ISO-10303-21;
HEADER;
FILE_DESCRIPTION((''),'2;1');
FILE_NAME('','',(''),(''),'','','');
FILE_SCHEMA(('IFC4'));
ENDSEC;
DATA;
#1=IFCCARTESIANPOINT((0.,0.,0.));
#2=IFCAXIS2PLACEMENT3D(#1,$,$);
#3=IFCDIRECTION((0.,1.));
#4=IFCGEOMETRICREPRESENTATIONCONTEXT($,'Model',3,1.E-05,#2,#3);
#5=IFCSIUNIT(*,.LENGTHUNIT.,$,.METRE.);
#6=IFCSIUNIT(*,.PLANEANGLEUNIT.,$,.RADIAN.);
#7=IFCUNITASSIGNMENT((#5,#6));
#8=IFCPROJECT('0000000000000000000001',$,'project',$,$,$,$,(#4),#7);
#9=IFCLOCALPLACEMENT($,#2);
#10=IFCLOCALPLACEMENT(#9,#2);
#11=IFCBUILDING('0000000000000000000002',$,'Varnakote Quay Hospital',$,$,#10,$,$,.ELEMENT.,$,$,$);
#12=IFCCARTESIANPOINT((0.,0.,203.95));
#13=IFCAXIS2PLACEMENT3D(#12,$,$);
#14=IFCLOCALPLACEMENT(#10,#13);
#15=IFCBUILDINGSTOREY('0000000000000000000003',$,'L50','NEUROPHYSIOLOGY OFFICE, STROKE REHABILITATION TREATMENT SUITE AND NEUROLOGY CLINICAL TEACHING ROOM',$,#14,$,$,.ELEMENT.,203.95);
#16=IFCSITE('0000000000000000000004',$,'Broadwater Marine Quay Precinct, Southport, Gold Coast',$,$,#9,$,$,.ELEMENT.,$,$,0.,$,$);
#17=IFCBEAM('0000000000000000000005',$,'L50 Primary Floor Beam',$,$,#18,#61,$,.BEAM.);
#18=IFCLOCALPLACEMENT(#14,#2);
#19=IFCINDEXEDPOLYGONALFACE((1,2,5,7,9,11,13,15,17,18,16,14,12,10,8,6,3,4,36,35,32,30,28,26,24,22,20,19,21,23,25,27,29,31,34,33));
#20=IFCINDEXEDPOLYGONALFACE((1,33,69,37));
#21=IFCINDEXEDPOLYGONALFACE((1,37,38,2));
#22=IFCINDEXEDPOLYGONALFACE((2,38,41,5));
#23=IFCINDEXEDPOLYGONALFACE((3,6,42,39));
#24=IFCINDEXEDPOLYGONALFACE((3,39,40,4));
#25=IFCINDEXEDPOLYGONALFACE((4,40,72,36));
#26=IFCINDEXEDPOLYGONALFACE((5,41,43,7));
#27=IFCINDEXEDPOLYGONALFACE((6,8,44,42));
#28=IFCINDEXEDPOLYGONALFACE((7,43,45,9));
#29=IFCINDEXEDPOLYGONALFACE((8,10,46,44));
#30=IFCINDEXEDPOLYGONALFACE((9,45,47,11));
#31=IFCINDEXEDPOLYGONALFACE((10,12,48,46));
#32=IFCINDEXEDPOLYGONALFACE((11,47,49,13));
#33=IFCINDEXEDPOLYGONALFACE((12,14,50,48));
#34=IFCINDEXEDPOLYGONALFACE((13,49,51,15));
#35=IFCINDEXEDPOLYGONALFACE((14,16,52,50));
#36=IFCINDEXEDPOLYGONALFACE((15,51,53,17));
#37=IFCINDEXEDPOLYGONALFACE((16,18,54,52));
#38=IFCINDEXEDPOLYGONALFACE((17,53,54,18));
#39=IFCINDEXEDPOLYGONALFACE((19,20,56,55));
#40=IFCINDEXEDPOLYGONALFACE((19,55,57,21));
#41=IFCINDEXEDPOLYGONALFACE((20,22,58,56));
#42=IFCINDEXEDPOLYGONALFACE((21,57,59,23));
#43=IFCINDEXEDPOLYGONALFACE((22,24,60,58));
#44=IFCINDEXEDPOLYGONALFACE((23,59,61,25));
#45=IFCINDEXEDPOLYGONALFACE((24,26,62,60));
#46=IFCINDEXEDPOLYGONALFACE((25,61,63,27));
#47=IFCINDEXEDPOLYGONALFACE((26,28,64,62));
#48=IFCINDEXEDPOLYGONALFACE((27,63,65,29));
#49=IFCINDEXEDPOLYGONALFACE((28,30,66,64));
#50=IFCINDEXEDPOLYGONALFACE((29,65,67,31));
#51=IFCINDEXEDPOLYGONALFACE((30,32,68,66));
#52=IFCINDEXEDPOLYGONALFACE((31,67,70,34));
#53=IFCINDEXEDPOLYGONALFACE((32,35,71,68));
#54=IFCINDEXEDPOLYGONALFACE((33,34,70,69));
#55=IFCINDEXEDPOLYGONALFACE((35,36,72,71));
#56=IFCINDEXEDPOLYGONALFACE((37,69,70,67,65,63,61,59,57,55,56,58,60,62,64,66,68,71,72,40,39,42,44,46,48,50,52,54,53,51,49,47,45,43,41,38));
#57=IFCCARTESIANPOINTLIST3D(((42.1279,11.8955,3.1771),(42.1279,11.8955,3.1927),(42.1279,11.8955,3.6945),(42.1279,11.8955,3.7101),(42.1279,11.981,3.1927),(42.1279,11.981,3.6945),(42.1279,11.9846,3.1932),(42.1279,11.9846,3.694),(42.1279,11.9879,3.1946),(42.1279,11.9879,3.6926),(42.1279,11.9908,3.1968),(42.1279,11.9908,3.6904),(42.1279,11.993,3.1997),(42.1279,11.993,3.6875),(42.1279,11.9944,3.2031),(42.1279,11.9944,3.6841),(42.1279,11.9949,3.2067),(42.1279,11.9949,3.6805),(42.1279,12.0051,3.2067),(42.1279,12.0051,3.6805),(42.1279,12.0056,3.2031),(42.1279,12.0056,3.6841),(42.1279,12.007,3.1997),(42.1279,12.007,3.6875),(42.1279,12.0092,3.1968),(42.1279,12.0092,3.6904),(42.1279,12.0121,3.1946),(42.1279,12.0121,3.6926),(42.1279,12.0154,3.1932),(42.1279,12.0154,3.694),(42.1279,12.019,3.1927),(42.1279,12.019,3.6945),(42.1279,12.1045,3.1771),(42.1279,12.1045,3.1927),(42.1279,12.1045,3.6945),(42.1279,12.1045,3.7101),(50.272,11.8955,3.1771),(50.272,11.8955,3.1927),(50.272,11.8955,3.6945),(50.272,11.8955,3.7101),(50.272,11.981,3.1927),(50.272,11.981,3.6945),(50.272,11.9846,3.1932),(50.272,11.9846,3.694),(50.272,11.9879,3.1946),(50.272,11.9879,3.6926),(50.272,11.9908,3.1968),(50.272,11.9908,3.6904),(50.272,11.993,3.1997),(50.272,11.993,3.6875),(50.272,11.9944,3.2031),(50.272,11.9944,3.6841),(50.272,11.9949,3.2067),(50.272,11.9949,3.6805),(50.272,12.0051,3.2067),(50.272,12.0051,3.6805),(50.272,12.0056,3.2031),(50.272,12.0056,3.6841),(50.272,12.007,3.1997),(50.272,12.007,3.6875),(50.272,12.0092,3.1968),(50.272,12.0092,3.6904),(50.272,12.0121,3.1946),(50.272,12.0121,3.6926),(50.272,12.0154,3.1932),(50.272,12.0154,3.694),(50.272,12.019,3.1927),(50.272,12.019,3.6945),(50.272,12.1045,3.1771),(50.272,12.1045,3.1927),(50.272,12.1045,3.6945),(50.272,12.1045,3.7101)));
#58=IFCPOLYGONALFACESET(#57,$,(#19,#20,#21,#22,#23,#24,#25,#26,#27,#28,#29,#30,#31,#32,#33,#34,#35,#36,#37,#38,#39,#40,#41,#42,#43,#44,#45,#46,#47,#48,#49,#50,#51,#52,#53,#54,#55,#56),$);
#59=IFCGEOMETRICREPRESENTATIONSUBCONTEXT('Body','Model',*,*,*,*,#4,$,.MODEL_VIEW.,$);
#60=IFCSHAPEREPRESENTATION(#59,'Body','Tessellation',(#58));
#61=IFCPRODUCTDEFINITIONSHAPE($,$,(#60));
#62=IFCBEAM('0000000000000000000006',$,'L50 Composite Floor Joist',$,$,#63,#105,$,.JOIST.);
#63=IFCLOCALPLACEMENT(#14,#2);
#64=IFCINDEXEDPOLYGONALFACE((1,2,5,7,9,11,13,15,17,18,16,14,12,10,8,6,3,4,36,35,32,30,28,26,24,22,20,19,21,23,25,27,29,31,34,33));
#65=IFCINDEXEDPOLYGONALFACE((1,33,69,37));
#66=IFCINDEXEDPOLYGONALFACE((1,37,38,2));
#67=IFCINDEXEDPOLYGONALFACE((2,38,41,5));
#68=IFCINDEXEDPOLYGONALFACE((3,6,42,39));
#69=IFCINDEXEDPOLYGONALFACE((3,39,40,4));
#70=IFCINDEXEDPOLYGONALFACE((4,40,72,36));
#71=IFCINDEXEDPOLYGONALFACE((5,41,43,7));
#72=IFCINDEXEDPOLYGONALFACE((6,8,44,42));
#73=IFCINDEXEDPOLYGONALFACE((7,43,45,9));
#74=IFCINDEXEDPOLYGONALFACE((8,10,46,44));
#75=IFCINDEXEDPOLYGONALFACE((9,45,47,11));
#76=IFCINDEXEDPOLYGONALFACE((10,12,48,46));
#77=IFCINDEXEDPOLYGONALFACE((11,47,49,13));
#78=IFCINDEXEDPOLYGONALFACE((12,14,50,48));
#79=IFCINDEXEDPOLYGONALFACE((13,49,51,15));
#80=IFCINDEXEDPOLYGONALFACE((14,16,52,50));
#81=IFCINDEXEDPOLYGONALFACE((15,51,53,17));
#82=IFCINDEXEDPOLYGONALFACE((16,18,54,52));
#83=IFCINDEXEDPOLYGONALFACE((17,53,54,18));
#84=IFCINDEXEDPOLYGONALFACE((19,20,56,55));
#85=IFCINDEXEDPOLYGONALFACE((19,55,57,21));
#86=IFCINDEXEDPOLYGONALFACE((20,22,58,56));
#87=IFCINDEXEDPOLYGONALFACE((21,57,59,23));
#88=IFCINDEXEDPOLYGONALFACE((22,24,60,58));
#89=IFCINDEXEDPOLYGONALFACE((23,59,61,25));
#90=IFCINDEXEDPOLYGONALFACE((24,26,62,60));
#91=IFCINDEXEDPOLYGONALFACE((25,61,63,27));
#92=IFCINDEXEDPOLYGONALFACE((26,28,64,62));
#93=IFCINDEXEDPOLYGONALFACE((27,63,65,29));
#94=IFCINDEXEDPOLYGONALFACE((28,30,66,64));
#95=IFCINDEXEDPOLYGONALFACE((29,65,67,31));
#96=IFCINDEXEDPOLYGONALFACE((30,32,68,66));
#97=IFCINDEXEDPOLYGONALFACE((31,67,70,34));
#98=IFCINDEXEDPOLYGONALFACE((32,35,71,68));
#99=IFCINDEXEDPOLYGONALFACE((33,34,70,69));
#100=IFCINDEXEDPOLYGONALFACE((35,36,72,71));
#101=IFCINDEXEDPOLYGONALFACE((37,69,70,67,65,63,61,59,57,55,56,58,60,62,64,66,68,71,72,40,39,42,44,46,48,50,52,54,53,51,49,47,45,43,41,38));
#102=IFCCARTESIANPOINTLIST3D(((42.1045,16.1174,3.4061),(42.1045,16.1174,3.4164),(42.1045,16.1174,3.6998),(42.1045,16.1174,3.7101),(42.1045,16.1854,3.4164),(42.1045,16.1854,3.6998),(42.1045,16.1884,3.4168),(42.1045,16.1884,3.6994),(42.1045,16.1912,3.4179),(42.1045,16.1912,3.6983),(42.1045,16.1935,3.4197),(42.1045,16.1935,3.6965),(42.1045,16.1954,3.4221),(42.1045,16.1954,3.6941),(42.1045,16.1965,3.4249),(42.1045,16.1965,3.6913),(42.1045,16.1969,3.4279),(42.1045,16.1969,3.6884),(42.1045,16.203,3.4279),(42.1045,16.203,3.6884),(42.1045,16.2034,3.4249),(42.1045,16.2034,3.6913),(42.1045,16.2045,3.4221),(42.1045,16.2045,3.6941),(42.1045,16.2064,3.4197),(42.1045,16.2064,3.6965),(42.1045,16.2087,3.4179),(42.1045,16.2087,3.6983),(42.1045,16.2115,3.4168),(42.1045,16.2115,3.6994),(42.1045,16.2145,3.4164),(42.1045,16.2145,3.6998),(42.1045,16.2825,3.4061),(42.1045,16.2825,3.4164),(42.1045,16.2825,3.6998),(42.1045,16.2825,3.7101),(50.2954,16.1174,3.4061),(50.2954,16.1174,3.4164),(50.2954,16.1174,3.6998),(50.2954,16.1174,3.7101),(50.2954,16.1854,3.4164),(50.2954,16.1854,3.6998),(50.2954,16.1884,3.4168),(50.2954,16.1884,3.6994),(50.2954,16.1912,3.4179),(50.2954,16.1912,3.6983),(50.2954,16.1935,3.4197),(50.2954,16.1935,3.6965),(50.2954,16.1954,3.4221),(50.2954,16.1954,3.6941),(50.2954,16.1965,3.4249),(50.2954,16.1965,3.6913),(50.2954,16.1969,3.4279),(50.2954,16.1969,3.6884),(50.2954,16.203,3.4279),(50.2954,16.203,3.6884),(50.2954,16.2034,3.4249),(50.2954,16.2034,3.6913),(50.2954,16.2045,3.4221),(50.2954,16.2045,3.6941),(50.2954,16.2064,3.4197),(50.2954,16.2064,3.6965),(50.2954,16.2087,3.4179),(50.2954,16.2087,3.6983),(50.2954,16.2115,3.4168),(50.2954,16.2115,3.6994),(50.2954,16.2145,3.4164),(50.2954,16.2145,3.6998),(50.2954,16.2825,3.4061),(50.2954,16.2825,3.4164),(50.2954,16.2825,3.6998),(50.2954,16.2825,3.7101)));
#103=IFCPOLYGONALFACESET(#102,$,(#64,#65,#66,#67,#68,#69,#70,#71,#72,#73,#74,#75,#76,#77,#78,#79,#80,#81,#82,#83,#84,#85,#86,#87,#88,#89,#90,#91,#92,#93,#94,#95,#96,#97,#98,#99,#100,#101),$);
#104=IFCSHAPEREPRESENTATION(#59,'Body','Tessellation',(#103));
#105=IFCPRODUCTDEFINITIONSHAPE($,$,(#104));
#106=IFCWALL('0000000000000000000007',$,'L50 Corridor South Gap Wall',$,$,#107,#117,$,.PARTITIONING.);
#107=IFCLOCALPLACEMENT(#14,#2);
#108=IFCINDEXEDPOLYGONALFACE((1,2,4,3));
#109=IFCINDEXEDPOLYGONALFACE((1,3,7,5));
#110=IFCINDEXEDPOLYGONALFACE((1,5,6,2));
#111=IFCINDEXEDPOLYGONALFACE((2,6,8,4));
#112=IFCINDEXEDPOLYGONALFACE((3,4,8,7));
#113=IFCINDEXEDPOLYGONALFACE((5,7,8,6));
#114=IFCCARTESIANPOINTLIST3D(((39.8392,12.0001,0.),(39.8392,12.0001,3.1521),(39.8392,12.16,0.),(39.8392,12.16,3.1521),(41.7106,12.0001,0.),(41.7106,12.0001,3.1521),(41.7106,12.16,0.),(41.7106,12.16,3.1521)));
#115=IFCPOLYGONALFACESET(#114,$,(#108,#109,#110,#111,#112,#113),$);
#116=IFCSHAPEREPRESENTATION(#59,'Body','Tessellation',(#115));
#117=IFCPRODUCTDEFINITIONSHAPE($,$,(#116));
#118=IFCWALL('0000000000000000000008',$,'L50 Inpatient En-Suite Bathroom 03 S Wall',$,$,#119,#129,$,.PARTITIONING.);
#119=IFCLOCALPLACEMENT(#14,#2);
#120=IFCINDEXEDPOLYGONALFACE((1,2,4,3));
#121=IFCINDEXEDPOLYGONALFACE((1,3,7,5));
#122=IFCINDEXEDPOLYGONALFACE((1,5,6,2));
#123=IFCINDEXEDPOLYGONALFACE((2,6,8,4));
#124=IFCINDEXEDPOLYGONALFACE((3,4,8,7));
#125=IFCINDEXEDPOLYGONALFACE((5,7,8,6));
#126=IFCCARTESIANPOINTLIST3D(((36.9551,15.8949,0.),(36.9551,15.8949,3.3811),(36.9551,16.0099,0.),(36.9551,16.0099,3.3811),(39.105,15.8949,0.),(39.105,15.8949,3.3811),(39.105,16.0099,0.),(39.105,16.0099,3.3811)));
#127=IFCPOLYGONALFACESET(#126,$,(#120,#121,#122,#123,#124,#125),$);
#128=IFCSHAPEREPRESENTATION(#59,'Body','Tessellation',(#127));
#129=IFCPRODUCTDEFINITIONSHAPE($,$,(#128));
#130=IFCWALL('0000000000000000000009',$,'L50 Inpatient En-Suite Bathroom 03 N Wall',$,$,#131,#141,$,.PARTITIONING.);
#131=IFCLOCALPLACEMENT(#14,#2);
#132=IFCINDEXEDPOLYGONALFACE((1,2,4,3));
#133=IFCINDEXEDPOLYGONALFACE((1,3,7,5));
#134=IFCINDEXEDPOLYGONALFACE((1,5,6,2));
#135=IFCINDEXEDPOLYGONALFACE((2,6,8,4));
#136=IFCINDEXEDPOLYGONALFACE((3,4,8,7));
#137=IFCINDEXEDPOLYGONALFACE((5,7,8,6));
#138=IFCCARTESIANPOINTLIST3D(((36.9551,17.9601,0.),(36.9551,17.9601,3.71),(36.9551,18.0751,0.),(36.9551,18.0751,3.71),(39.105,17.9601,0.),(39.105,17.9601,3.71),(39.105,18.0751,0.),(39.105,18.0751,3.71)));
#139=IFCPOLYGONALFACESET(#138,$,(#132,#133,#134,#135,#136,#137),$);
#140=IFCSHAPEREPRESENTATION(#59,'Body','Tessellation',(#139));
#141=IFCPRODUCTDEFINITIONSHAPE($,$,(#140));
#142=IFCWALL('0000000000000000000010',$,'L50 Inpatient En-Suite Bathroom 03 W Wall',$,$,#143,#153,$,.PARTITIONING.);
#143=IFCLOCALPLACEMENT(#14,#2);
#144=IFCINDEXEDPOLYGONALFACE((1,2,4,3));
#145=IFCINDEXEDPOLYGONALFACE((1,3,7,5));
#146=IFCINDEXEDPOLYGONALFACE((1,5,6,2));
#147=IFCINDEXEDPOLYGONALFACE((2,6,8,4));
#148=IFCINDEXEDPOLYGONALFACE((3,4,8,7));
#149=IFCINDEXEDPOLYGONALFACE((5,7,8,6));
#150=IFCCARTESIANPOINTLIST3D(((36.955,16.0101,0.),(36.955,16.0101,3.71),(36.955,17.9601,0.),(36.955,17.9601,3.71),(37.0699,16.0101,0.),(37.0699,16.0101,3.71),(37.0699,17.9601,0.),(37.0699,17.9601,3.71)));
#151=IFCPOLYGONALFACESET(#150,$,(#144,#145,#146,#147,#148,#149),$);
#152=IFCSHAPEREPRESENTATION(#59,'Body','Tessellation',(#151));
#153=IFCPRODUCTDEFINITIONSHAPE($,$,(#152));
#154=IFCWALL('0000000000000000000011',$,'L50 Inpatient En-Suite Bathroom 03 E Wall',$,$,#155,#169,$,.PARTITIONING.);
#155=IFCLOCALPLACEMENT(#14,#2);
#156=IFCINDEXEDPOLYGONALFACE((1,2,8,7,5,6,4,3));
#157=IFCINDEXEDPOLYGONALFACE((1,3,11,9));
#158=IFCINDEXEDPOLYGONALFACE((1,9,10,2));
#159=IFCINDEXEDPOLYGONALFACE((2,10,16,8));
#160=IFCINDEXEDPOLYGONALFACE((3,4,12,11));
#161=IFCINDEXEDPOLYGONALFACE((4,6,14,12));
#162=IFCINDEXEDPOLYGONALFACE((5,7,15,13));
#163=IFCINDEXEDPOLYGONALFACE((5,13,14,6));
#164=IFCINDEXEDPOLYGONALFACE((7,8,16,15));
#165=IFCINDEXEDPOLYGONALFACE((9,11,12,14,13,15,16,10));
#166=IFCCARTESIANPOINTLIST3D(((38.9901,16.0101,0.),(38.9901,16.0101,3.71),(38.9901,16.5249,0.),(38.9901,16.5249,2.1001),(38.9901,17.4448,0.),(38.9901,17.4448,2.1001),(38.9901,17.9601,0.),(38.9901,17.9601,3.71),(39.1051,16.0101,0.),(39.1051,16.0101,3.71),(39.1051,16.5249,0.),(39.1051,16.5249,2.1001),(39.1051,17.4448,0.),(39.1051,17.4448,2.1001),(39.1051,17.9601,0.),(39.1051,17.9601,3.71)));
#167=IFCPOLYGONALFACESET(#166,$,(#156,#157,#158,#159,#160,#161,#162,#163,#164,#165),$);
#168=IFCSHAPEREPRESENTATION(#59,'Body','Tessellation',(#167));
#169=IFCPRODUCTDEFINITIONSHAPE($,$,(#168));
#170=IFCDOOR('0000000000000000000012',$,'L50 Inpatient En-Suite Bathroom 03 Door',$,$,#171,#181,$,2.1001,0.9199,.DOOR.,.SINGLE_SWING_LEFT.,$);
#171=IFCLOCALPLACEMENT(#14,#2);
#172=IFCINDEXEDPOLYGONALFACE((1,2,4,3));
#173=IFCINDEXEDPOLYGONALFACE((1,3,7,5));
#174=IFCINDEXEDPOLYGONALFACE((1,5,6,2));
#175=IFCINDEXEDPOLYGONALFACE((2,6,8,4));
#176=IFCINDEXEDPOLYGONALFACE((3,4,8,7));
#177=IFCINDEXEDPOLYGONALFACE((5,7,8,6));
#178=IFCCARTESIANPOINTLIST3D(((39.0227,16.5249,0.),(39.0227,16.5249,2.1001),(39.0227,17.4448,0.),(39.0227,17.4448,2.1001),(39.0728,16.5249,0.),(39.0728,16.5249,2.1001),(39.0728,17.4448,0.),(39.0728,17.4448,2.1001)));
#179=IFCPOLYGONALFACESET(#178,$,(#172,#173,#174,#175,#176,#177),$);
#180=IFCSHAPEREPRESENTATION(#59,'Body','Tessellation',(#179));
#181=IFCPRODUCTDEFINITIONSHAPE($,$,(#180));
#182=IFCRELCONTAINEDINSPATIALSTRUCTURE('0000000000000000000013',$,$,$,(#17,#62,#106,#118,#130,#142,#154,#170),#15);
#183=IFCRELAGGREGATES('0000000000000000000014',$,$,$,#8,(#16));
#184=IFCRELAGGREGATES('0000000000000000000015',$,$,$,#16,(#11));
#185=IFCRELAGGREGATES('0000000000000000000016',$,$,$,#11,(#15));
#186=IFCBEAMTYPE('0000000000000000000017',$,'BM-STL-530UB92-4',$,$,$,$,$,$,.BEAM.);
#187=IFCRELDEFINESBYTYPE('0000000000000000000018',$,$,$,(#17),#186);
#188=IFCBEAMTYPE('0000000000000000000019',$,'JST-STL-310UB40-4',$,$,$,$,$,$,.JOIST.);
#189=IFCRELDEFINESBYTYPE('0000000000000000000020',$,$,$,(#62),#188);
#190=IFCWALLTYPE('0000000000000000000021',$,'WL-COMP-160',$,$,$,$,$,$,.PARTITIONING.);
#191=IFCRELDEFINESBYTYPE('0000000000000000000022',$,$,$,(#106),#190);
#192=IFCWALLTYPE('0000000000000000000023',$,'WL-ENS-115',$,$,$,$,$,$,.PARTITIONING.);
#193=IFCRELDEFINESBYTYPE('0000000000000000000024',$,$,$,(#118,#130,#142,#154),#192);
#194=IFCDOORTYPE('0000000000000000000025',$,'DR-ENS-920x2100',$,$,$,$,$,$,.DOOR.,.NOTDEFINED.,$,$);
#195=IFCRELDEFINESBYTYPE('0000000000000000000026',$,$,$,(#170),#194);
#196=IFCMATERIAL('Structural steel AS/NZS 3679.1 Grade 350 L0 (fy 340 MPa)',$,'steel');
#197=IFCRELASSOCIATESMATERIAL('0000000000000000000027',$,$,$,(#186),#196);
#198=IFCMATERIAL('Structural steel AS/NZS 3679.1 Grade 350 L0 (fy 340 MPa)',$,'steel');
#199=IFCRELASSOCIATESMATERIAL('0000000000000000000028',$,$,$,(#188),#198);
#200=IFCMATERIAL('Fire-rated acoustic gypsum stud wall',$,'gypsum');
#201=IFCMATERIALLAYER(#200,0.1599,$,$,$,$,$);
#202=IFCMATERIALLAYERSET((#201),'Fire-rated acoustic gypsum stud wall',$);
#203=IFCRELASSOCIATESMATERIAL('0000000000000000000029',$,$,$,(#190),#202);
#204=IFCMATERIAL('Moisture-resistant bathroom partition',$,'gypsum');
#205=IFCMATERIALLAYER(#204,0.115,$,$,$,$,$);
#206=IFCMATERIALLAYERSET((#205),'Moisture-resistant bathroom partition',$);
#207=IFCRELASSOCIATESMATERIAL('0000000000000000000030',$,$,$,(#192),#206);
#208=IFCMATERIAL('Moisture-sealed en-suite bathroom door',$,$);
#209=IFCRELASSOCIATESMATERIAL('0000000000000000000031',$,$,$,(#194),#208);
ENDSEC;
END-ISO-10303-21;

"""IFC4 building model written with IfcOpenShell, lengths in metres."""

from ifc_helpers import new_model, si_unit, direction, frame, frame_2d, origin, origin_2d, place, context, subcontext, project, spatial, rectangle, i_section, extrude, material, layer, layer_set, material_profile, profile_set, type_object, element, fill, save


model = new_model("IFC4")

# Units and contexts
model_context = context("Model", 3, precision=1e-05, world=origin(), true_north=direction((0.0, 1.0)))
body_context = subcontext(model_context, "Body", "Model", "MODEL_VIEW")
ifc_project = project(units=[si_unit("LENGTHUNIT", "METRE"), si_unit("PLANEANGLEUNIT", "RADIAN")], contexts=[model_context])

# Site, building, storey
site_placement = place(None, origin())
site = spatial("IfcSite", under=ifc_project, at=site_placement, Name="Broadwater Marine Quay Precinct, Southport, Gold Coast", CompositionType="ELEMENT", RefElevation=0.0)
building_placement = place(site_placement, origin())
building = spatial("IfcBuilding", under=site, at=building_placement, Name="Varnakote Quay Hospital", CompositionType="ELEMENT")
storey_placement = place(building_placement, frame((0.0, 0.0, 203.95)))
storey = spatial("IfcBuildingStorey", under=building, at=storey_placement, Name="L50", Description="NEUROPHYSIOLOGY OFFICE, STROKE REHABILITATION TREATMENT SUITE AND NEUROLOGY CLINICAL TEACHING ROOM", CompositionType="ELEMENT", Elevation=203.95)

# Beams
ifc_material_1 = material(Name="Structural steel AS/NZS 3679.1 Grade 350 L0 (fy 340 MPa)", Category="steel")
ifc_material_profile_1 = material_profile(ifc_material_1, i_section(OverallWidth=0.209, OverallDepth=0.533, WebThickness=0.0103, FlangeThickness=0.0156, FilletRadius=0.0139, at=origin_2d()), Name="530UB92.4")
ifc_profile_set_1 = profile_set([ifc_material_profile_1], Name="Structural steel AS/NZS 3679.1 Grade 350 L0 (fy 340 MPa)")
beam_type_1 = type_object("IfcBeamType", Name="BM-STL-530UB92-4", PredefinedType="BEAM", material=ifc_profile_set_1)
beam_1_placement = place(storey_placement, frame((42.1279, 12.0, 3.4436), z_axis=(1.0, 0.0, 0.0), x_axis=(0.0, 1.0, 0.0)))
element("IfcBeam", 1, at=beam_1_placement, inside=storey, type_object=beam_type_1, Name="L50 Primary Floor Beam", PredefinedType="BEAM", context=body_context, shape_type="SweptSolid", body=[
    extrude(i_section(OverallWidth=0.209, OverallDepth=0.533, WebThickness=0.0103, FlangeThickness=0.0156, FilletRadius=0.0139, at=origin_2d()), origin(), (0.0, 0.0, 1.0), 8.144),
])
ifc_material_2 = material(Name="Structural steel AS/NZS 3679.1 Grade 350 L0 (fy 340 MPa)", Category="steel")
ifc_material_profile_2 = material_profile(ifc_material_2, i_section(OverallWidth=0.165, OverallDepth=0.304, WebThickness=0.0061, FlangeThickness=0.0103, FilletRadius=0.0115, at=origin_2d()), Name="310UB40.4")
ifc_profile_set_2 = profile_set([ifc_material_profile_2], Name="Structural steel AS/NZS 3679.1 Grade 350 L0 (fy 340 MPa)")
beam_type_2 = type_object("IfcBeamType", Name="JST-STL-310UB40-4", PredefinedType="JOIST", material=ifc_profile_set_2)
beam_2_placement = place(storey_placement, frame((42.1045, 16.2, 3.5581), z_axis=(1.0, 0.0, 0.0), x_axis=(0.0, 1.0, 0.0)))
element("IfcBeam", 2, at=beam_2_placement, inside=storey, type_object=beam_type_2, Name="L50 Composite Floor Joist", PredefinedType="JOIST", context=body_context, shape_type="SweptSolid", body=[
    extrude(i_section(OverallWidth=0.165, OverallDepth=0.304, WebThickness=0.0061, FlangeThickness=0.0103, FilletRadius=0.0115, at=origin_2d()), origin(), (0.0, 0.0, 1.0), 8.1909),
])

# Walls
ifc_material_3 = material(Name="Fire-rated acoustic gypsum stud wall", Category="gypsum")
ifc_layer_1 = layer(ifc_material_3, 0.1599)
ifc_layer_set_1 = layer_set([ifc_layer_1], Name="Fire-rated acoustic gypsum stud wall")
wall_type_1 = type_object("IfcWallType", Name="WL-COMP-160", PredefinedType="PARTITIONING", material=ifc_layer_set_1)
wall_1_placement = place(storey_placement, frame((39.8394, 12.0801, 0.0), z_axis=(0.0, 0.0, 1.0), x_axis=(1.0, 0.0, 0.0)))
element("IfcWall", 3, at=wall_1_placement, inside=storey, type_object=wall_type_1, Name="L50 Corridor South Gap Wall", PredefinedType="PARTITIONING", context=body_context, shape_type="SweptSolid", body=[
    extrude(rectangle(XDim=1.8713, YDim=0.1599, at=frame_2d((0.9355, 0.0))), origin(), (0.0, 0.0, 1.0), 3.1521),
])
ifc_material_4 = material(Name="Moisture-resistant bathroom partition", Category="gypsum")
ifc_layer_2 = layer(ifc_material_4, 0.115)
ifc_layer_set_2 = layer_set([ifc_layer_2], Name="Moisture-resistant bathroom partition")
wall_type_2 = type_object("IfcWallType", Name="WL-ENS-115", PredefinedType="PARTITIONING", material=ifc_layer_set_2)
wall_2_placement = place(storey_placement, frame((36.9551, 15.9524, 0.0), z_axis=(0.0, 0.0, 1.0), x_axis=(1.0, 0.0, 0.0)))
element("IfcWall", 4, at=wall_2_placement, inside=storey, type_object=wall_type_2, Name="L50 Inpatient En-Suite Bathroom 03 S Wall", PredefinedType="PARTITIONING", context=body_context, shape_type="SweptSolid", body=[
    extrude(rectangle(XDim=2.1499, YDim=0.115, at=frame_2d((1.075, 0.0))), origin(), (0.0, 0.0, 1.0), 3.3811),
])
wall_3_placement = place(storey_placement, frame((36.9551, 18.0176, 0.0), z_axis=(0.0, 0.0, 1.0), x_axis=(1.0, 0.0, 0.0)))
element("IfcWall", 5, at=wall_3_placement, inside=storey, type_object=wall_type_2, Name="L50 Inpatient En-Suite Bathroom 03 N Wall", PredefinedType="PARTITIONING", context=body_context, shape_type="SweptSolid", body=[
    extrude(rectangle(XDim=2.1499, YDim=0.115, at=frame_2d((1.075, 0.0))), origin(), (0.0, 0.0, 1.0), 3.71),
])
wall_4_placement = place(storey_placement, frame((37.0125, 16.01, 0.0), z_axis=(0.0, 0.0, 1.0), x_axis=(0.0, 1.0, 0.0)))
element("IfcWall", 6, at=wall_4_placement, inside=storey, type_object=wall_type_2, Name="L50 Inpatient En-Suite Bathroom 03 W Wall", PredefinedType="PARTITIONING", context=body_context, shape_type="SweptSolid", body=[
    extrude(rectangle(XDim=1.95, YDim=0.115, at=frame_2d((0.9751, 0.0))), origin(), (0.0, 0.0, 1.0), 3.71),
])

# Wall, opening, door
wall_5_placement = place(storey_placement, frame((39.0476, 16.01, 0.0), z_axis=(0.0, 0.0, 1.0), x_axis=(0.0, 1.0, 0.0)))
wall_5 = element("IfcWall", 7, at=wall_5_placement, inside=storey, type_object=wall_type_2, Name="L50 Inpatient En-Suite Bathroom 03 E Wall", PredefinedType="PARTITIONING", context=body_context, shape_type="SweptSolid", body=[
    extrude(rectangle(XDim=1.95, YDim=0.115, at=frame_2d((0.9751, 0.0))), origin(), (0.0, 0.0, 1.0), 3.71),
])
opening_1_placement = place(wall_5_placement, frame((0.5149, 0.0, 0.0)))
opening_1 = element("IfcOpeningElement", 8, at=opening_1_placement, cuts=wall_5, PredefinedType="OPENING", context=body_context, shape_type="SweptSolid", body=[
    extrude(rectangle(XDim=0.9199, YDim=2.1001, at=frame_2d((0.46, 1.05))), frame((0.0, 0.0674, 0.0), z_axis=(0.0, -1.0, 0.0), x_axis=(1.0, 0.0, 0.0)), (0.0, 0.0, 1.0), 0.135),
])
ifc_material_5 = material(Name="Moisture-sealed en-suite bathroom door")
door_type_1 = type_object("IfcDoorType", Name="DR-ENS-920x2100", OperationType="NOTDEFINED", PredefinedType="DOOR", material=ifc_material_5)
door_1_placement = place(opening_1_placement, origin())
door_1 = element("IfcDoor", 9, at=door_1_placement, inside=storey, type_object=door_type_1, Name="L50 Inpatient En-Suite Bathroom 03 Door", OperationType="SINGLE_SWING_LEFT", OverallHeight=2.1001, OverallWidth=0.9199, PredefinedType="DOOR", context=body_context, shape_type="SweptSolid", body=[
    extrude(rectangle(XDim=0.9199, YDim=2.1001, at=frame_2d((0.46, 1.05))), frame((0.0, 0.0249, 0.0), z_axis=(0.0, -1.0, 0.0), x_axis=(1.0, 0.0, 0.0)), (0.0, 0.0, 1.0), 0.05),
])
fill(opening_1, door_1)

save(model, "model.ifc")
